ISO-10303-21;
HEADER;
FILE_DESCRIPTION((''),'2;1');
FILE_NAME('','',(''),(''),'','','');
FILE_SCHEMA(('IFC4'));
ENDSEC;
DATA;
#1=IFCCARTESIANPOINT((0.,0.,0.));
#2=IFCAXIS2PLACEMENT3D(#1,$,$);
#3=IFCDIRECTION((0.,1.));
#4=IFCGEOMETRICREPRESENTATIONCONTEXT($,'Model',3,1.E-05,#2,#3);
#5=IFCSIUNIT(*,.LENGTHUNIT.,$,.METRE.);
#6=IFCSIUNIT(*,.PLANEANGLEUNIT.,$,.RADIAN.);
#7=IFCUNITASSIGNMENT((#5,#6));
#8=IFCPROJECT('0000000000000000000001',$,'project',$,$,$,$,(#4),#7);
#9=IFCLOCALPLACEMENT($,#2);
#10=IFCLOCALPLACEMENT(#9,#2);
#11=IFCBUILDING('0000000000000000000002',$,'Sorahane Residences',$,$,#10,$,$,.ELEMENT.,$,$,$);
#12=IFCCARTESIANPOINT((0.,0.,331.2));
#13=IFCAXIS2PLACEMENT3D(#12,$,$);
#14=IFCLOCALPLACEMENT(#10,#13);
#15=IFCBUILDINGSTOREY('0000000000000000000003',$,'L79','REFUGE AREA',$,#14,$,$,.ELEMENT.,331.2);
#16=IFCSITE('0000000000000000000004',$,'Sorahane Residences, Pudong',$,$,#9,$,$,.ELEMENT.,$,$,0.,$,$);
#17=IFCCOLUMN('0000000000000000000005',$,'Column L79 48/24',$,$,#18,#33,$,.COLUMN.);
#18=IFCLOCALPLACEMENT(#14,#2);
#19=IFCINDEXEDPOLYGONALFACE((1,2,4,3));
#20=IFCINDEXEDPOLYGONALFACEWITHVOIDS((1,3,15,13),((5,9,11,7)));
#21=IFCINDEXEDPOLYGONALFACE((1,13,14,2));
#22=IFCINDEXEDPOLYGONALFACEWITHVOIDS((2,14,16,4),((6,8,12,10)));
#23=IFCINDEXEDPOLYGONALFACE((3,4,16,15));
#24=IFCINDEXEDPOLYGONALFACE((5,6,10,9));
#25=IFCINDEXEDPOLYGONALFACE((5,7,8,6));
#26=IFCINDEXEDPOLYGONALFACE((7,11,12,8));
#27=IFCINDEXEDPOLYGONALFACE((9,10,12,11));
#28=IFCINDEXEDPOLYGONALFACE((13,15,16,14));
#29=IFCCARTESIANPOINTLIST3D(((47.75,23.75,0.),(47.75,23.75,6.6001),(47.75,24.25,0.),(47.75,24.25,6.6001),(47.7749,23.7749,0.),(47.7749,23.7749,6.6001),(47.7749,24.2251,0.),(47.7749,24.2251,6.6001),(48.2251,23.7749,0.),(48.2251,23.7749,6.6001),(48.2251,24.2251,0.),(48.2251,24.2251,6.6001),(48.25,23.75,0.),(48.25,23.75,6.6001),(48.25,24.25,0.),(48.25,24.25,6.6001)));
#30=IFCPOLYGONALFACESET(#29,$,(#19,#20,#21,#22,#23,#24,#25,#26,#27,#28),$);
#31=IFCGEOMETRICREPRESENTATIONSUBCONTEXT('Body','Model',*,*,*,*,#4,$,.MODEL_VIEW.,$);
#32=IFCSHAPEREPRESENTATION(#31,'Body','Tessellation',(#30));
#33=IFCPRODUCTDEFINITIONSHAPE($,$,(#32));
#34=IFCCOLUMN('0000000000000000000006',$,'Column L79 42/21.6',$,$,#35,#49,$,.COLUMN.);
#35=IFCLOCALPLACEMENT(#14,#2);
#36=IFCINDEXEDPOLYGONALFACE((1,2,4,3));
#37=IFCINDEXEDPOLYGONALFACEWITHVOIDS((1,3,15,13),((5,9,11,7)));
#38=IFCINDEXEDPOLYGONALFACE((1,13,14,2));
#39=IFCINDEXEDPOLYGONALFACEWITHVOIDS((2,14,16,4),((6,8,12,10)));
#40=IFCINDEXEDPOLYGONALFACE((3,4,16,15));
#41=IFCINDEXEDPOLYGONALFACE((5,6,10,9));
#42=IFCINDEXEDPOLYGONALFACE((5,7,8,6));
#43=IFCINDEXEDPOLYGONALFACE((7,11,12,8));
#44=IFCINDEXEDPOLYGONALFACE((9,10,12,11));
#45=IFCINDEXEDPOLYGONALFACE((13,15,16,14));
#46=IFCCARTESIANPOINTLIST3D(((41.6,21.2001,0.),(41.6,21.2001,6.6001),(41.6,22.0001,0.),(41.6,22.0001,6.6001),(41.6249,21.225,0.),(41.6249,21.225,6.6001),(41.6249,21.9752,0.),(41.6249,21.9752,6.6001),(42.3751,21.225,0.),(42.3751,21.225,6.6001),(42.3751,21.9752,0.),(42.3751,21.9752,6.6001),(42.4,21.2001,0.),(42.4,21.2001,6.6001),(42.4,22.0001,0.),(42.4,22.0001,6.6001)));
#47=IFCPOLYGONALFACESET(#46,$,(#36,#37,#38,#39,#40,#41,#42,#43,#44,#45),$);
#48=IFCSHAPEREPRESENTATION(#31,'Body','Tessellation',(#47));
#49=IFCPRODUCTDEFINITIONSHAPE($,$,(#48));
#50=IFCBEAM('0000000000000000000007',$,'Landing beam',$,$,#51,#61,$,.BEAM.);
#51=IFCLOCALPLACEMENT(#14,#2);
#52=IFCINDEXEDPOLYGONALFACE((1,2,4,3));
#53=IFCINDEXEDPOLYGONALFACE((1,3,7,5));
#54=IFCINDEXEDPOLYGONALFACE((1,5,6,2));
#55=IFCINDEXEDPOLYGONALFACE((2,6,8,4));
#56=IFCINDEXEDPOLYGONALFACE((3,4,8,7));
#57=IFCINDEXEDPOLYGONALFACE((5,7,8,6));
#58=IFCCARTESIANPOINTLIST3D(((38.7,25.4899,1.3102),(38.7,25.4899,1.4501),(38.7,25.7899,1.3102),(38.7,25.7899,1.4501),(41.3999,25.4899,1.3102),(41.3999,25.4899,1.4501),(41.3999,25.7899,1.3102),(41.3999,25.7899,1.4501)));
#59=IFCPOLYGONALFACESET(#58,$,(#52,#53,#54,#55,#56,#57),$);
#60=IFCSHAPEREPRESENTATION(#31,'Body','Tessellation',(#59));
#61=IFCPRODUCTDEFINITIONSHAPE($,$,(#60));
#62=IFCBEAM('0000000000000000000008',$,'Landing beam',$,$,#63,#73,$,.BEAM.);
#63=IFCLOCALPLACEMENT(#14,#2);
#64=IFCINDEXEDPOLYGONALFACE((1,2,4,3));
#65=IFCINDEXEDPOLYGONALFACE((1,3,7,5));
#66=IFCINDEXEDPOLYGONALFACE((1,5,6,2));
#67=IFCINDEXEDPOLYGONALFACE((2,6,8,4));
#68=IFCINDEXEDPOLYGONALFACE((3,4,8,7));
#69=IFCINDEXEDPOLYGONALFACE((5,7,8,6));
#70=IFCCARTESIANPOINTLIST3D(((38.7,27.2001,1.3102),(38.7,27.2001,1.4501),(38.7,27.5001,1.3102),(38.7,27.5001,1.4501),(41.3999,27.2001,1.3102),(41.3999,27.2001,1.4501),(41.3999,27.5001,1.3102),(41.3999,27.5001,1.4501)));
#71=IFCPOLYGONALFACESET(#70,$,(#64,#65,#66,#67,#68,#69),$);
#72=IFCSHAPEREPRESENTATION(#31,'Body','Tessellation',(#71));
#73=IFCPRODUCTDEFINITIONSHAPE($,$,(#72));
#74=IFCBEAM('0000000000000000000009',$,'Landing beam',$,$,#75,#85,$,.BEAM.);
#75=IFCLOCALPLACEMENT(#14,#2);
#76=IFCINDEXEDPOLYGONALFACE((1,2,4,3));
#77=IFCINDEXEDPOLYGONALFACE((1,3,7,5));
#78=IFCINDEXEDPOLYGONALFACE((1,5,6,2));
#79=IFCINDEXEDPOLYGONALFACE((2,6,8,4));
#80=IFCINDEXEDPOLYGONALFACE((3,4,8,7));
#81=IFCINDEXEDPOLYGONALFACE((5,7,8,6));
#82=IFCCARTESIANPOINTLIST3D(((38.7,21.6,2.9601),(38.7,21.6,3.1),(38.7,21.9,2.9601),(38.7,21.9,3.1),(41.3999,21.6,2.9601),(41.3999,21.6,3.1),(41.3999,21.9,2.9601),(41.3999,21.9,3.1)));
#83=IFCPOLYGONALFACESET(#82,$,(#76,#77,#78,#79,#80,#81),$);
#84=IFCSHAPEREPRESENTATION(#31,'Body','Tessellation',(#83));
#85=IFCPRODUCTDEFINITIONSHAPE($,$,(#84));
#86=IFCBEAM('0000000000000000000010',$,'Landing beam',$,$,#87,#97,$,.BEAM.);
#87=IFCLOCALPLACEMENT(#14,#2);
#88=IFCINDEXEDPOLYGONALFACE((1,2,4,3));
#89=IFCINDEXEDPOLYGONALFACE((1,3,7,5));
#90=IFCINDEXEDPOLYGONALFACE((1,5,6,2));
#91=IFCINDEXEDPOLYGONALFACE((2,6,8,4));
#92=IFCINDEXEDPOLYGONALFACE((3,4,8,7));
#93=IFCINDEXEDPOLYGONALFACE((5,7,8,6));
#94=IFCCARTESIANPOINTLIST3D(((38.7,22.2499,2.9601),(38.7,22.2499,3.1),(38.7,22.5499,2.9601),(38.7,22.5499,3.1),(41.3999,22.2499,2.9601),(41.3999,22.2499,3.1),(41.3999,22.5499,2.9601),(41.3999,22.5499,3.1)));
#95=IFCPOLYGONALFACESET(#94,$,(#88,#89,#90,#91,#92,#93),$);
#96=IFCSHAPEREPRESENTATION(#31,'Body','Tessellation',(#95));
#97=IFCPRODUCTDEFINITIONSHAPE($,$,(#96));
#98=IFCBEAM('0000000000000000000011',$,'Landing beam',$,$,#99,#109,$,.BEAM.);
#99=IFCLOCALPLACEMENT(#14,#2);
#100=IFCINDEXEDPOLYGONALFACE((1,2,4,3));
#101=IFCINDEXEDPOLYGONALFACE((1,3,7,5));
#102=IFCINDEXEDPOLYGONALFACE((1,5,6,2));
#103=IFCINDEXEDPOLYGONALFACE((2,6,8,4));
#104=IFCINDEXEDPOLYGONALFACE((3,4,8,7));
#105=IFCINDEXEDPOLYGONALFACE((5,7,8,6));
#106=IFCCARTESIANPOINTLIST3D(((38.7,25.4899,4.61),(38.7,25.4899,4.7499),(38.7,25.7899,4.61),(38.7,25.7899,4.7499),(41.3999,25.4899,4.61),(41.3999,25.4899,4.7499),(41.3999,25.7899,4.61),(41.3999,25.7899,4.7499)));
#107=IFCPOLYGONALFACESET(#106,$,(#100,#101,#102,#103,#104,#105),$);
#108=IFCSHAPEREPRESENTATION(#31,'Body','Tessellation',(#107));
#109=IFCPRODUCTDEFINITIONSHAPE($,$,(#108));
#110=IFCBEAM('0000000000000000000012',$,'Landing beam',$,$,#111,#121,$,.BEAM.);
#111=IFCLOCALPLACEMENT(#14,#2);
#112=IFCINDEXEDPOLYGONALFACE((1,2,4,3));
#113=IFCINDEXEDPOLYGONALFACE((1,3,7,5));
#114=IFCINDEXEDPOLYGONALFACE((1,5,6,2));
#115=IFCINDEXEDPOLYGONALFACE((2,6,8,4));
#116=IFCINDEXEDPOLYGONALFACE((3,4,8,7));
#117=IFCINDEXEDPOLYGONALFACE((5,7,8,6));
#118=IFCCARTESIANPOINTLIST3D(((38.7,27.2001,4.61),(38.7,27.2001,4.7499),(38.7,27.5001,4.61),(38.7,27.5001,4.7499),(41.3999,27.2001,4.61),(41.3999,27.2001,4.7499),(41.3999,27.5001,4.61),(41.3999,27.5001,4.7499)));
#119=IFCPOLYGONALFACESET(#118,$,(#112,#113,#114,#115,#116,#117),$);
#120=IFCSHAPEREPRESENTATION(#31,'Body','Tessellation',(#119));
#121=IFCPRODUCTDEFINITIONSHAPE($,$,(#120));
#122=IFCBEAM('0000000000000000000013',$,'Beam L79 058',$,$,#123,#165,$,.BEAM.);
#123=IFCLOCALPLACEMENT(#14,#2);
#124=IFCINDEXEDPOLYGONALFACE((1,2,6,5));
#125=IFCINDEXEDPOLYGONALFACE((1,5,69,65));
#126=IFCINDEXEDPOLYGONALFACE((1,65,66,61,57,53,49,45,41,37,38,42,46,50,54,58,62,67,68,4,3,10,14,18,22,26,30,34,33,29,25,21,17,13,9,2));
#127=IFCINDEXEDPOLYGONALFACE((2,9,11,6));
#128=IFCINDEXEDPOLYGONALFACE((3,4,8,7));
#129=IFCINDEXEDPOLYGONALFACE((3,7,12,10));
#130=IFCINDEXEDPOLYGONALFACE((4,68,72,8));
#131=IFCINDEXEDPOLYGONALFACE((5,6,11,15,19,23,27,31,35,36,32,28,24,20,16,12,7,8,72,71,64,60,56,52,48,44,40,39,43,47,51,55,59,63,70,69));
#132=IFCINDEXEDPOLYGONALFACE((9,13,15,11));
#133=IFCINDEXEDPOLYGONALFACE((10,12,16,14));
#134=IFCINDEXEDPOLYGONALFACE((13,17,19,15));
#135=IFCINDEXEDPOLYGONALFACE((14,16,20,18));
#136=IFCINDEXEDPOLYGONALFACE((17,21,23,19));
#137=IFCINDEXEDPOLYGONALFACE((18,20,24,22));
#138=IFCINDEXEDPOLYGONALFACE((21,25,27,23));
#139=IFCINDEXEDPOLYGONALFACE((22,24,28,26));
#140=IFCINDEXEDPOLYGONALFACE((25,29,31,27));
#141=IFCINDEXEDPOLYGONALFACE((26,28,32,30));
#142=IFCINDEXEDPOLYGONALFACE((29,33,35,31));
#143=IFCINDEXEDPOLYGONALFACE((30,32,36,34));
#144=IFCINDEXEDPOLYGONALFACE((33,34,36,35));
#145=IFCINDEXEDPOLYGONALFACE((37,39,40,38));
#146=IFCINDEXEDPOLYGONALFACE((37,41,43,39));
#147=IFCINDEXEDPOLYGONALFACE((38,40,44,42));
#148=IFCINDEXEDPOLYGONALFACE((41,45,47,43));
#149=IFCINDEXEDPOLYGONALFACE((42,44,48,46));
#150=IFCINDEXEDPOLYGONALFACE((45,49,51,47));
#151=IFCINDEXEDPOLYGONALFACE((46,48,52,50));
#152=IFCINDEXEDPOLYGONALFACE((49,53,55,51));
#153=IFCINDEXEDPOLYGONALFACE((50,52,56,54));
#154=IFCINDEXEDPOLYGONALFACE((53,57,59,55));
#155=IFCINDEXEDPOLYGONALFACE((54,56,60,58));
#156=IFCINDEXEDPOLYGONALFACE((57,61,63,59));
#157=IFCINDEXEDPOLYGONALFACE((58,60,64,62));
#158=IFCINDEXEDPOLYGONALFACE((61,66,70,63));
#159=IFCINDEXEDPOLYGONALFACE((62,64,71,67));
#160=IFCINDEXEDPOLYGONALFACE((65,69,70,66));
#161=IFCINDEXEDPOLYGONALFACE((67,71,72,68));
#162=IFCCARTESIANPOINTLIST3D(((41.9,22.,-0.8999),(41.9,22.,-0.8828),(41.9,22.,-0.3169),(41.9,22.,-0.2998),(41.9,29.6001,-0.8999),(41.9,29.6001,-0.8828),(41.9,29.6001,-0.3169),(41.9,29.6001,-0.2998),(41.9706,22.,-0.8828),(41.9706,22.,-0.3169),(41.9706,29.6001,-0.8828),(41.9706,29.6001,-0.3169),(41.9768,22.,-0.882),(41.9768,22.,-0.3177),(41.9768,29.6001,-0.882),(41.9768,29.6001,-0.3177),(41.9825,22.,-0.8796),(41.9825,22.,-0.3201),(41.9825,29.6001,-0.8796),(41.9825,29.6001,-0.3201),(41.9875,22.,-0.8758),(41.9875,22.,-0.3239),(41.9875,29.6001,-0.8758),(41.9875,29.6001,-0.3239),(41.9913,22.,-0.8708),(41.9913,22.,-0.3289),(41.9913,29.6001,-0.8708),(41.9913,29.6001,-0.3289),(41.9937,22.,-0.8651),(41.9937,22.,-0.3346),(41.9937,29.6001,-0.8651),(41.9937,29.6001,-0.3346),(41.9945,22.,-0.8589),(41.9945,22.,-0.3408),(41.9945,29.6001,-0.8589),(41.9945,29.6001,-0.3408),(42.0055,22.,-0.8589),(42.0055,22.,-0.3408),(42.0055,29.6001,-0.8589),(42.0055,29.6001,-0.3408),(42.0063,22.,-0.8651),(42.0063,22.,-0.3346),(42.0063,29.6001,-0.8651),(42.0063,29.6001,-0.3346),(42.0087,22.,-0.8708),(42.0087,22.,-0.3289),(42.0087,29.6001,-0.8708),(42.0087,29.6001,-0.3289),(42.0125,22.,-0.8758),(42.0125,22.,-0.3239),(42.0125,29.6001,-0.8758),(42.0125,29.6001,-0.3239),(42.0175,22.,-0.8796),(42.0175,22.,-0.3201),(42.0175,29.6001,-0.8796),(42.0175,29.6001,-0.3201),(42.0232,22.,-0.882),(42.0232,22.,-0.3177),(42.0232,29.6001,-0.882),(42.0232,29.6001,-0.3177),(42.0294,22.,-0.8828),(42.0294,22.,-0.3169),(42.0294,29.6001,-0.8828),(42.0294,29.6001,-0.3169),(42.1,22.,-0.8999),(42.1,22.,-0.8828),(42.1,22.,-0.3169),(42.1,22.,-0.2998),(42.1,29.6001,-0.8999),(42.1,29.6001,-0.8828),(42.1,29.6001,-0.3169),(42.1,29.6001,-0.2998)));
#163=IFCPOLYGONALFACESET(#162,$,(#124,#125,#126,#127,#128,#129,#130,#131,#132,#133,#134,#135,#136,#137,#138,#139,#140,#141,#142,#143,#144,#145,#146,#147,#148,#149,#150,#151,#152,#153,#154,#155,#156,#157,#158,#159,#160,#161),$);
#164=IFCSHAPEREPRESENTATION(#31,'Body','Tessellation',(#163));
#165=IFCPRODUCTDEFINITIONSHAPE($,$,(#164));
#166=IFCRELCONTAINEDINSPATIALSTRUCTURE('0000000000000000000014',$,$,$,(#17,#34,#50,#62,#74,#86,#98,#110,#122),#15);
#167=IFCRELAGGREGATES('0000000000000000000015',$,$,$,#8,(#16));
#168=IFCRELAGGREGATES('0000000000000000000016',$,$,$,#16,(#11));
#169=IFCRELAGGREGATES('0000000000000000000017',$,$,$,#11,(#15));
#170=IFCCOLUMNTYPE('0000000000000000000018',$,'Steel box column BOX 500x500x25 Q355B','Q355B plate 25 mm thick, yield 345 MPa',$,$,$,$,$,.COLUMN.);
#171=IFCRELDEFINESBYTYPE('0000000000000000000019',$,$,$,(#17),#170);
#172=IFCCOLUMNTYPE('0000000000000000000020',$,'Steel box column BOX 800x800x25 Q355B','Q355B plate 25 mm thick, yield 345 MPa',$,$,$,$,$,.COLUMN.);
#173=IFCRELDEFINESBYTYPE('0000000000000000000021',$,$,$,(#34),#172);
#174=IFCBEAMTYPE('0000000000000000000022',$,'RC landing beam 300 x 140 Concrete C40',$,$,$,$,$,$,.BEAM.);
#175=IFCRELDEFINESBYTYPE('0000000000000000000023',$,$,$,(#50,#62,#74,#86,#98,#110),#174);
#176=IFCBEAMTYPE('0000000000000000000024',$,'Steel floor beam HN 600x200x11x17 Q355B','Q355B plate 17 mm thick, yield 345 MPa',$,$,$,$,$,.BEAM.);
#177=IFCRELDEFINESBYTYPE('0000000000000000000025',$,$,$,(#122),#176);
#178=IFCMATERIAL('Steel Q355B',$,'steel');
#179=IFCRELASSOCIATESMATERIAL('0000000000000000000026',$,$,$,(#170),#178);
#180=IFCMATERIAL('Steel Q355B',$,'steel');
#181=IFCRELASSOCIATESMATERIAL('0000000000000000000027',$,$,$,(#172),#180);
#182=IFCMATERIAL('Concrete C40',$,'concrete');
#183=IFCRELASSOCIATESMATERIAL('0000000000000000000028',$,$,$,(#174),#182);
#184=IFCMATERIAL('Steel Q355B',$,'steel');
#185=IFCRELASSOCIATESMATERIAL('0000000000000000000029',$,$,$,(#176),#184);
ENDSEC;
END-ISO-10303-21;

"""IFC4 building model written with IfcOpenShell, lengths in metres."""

from ifc_helpers import new_model, si_unit, direction, frame, origin, origin_2d, place, context, subcontext, project, spatial, rectangle, hollow_rectangle, i_section, extrude, material, material_profile, profile_set, type_object, element, save


model = new_model("IFC4")

# Units and contexts
model_context = context("Model", 3, precision=1e-05, world=origin(), true_north=direction((0.0, 1.0)))
body_context = subcontext(model_context, "Body", "Model", "MODEL_VIEW")
ifc_project = project(units=[si_unit("LENGTHUNIT", "METRE"), si_unit("PLANEANGLEUNIT", "RADIAN")], contexts=[model_context])

# Site, building, storey
site_placement = place(None, origin())
site = spatial("IfcSite", under=ifc_project, at=site_placement, Name="Sorahane Residences, Pudong", CompositionType="ELEMENT", RefElevation=0.0)
building_placement = place(site_placement, origin())
building = spatial("IfcBuilding", under=site, at=building_placement, Name="Sorahane Residences", CompositionType="ELEMENT")
storey_placement = place(building_placement, frame((0.0, 0.0, 331.2)))
storey = spatial("IfcBuildingStorey", under=building, at=storey_placement, Name="L79", Description="REFUGE AREA", CompositionType="ELEMENT", Elevation=331.2)

# Columns
ifc_material_1 = material(Name="Steel Q355B", Category="steel")
ifc_material_profile_1 = material_profile(ifc_material_1, hollow_rectangle(XDim=0.5, YDim=0.5, WallThickness=0.0249, at=origin_2d()), Name="BOX 500x500x25")
ifc_profile_set_1 = profile_set([ifc_material_profile_1], Name="Steel Q355B")
column_type_1 = type_object("IfcColumnType", Name="Steel box column BOX 500x500x25 Q355B", Description="Q355B plate 25 mm thick, yield 345 MPa", PredefinedType="COLUMN", material=ifc_profile_set_1)
column_1_placement = place(storey_placement, frame((48.0, 24.0, 0.0), z_axis=(0.0, 0.0, 1.0), x_axis=(1.0, 0.0, 0.0)))
element("IfcColumn", 1, at=column_1_placement, inside=storey, type_object=column_type_1, Name="Column L79 48/24", PredefinedType="COLUMN", context=body_context, shape_type="SweptSolid", body=[
    extrude(hollow_rectangle(XDim=0.5, YDim=0.5, WallThickness=0.0249, at=origin_2d()), origin(), (0.0, 0.0, 1.0), 6.6001),
])
ifc_material_2 = material(Name="Steel Q355B", Category="steel")
ifc_material_profile_2 = material_profile(ifc_material_2, hollow_rectangle(XDim=0.8, YDim=0.8, WallThickness=0.0249, at=origin_2d()), Name="BOX 800x800x25")
ifc_profile_set_2 = profile_set([ifc_material_profile_2], Name="Steel Q355B")
column_type_2 = type_object("IfcColumnType", Name="Steel box column BOX 800x800x25 Q355B", Description="Q355B plate 25 mm thick, yield 345 MPa", PredefinedType="COLUMN", material=ifc_profile_set_2)
column_2_placement = place(storey_placement, frame((42.0, 21.6001, 0.0), z_axis=(0.0, 0.0, 1.0), x_axis=(1.0, 0.0, 0.0)))
element("IfcColumn", 2, at=column_2_placement, inside=storey, type_object=column_type_2, Name="Column L79 42/21.6", PredefinedType="COLUMN", context=body_context, shape_type="SweptSolid", body=[
    extrude(hollow_rectangle(XDim=0.8, YDim=0.8, WallThickness=0.0249, at=origin_2d()), origin(), (0.0, 0.0, 1.0), 6.6001),
])

# Beams
ifc_material_3 = material(Name="Concrete C40", Category="concrete")
ifc_material_profile_3 = material_profile(ifc_material_3, rectangle(XDim=0.3, YDim=0.1399, at=origin_2d()), Name="300x140")
ifc_profile_set_3 = profile_set([ifc_material_profile_3], Name="Concrete C40")
beam_type_1 = type_object("IfcBeamType", Name="RC landing beam 300 x 140 Concrete C40", PredefinedType="BEAM", material=ifc_profile_set_3)
for number, where, z_axis, x_axis, name in (
    (3, (38.7, 25.6399, 1.3801), (1.0, 0.0, 0.0), (0.0, 1.0, 0.0), "Landing beam"),
    (4, (38.7, 27.3501, 1.3801), (1.0, 0.0, 0.0), (0.0, 1.0, 0.0), "Landing beam"),
    (5, (38.7, 21.75, 3.03), (1.0, 0.0, 0.0), (0.0, 1.0, 0.0), "Landing beam"),
    (6, (38.7, 22.3999, 3.03), (1.0, 0.0, 0.0), (0.0, 1.0, 0.0), "Landing beam"),
    (7, (38.7, 25.6399, 4.6799), (1.0, 0.0, 0.0), (0.0, 1.0, 0.0), "Landing beam"),
    (8, (38.7, 27.3501, 4.6799), (1.0, 0.0, 0.0), (0.0, 1.0, 0.0), "Landing beam"),
):
    element("IfcBeam", number, at=place(storey_placement, frame(where, z_axis=z_axis, x_axis=x_axis)), inside=storey, type_object=beam_type_1, Name=name, PredefinedType="BEAM", context=body_context, shape_type="SweptSolid", body=[
        extrude(rectangle(XDim=0.3, YDim=0.1399, at=origin_2d()), origin(), (0.0, 0.0, 1.0), 2.7),
    ])
ifc_material_4 = material(Name="Steel Q355B", Category="steel")
ifc_material_profile_4 = material_profile(ifc_material_4, i_section(OverallWidth=0.2, OverallDepth=0.6001, WebThickness=0.011, FlangeThickness=0.0171, FilletRadius=0.0239, at=origin_2d()), Name="HN 600x200x11x17")
ifc_profile_set_4 = profile_set([ifc_material_profile_4], Name="Steel Q355B")
beam_type_2 = type_object("IfcBeamType", Name="Steel floor beam HN 600x200x11x17 Q355B", Description="Q355B plate 17 mm thick, yield 345 MPa", PredefinedType="BEAM", material=ifc_profile_set_4)
beam_1_placement = place(storey_placement, frame((42.0, 22.0, -0.5999), z_axis=(0.0, 1.0, 0.0), x_axis=(-1.0, 0.0, 0.0)))
element("IfcBeam", 9, at=beam_1_placement, inside=storey, type_object=beam_type_2, Name="Beam L79 058", PredefinedType="BEAM", context=body_context, shape_type="SweptSolid", body=[
    extrude(i_section(OverallWidth=0.2, OverallDepth=0.6001, WebThickness=0.011, FlangeThickness=0.0171, FilletRadius=0.0239, at=origin_2d()), origin(), (0.0, 0.0, 1.0), 7.6001),
])

save(model, "model.ifc")
